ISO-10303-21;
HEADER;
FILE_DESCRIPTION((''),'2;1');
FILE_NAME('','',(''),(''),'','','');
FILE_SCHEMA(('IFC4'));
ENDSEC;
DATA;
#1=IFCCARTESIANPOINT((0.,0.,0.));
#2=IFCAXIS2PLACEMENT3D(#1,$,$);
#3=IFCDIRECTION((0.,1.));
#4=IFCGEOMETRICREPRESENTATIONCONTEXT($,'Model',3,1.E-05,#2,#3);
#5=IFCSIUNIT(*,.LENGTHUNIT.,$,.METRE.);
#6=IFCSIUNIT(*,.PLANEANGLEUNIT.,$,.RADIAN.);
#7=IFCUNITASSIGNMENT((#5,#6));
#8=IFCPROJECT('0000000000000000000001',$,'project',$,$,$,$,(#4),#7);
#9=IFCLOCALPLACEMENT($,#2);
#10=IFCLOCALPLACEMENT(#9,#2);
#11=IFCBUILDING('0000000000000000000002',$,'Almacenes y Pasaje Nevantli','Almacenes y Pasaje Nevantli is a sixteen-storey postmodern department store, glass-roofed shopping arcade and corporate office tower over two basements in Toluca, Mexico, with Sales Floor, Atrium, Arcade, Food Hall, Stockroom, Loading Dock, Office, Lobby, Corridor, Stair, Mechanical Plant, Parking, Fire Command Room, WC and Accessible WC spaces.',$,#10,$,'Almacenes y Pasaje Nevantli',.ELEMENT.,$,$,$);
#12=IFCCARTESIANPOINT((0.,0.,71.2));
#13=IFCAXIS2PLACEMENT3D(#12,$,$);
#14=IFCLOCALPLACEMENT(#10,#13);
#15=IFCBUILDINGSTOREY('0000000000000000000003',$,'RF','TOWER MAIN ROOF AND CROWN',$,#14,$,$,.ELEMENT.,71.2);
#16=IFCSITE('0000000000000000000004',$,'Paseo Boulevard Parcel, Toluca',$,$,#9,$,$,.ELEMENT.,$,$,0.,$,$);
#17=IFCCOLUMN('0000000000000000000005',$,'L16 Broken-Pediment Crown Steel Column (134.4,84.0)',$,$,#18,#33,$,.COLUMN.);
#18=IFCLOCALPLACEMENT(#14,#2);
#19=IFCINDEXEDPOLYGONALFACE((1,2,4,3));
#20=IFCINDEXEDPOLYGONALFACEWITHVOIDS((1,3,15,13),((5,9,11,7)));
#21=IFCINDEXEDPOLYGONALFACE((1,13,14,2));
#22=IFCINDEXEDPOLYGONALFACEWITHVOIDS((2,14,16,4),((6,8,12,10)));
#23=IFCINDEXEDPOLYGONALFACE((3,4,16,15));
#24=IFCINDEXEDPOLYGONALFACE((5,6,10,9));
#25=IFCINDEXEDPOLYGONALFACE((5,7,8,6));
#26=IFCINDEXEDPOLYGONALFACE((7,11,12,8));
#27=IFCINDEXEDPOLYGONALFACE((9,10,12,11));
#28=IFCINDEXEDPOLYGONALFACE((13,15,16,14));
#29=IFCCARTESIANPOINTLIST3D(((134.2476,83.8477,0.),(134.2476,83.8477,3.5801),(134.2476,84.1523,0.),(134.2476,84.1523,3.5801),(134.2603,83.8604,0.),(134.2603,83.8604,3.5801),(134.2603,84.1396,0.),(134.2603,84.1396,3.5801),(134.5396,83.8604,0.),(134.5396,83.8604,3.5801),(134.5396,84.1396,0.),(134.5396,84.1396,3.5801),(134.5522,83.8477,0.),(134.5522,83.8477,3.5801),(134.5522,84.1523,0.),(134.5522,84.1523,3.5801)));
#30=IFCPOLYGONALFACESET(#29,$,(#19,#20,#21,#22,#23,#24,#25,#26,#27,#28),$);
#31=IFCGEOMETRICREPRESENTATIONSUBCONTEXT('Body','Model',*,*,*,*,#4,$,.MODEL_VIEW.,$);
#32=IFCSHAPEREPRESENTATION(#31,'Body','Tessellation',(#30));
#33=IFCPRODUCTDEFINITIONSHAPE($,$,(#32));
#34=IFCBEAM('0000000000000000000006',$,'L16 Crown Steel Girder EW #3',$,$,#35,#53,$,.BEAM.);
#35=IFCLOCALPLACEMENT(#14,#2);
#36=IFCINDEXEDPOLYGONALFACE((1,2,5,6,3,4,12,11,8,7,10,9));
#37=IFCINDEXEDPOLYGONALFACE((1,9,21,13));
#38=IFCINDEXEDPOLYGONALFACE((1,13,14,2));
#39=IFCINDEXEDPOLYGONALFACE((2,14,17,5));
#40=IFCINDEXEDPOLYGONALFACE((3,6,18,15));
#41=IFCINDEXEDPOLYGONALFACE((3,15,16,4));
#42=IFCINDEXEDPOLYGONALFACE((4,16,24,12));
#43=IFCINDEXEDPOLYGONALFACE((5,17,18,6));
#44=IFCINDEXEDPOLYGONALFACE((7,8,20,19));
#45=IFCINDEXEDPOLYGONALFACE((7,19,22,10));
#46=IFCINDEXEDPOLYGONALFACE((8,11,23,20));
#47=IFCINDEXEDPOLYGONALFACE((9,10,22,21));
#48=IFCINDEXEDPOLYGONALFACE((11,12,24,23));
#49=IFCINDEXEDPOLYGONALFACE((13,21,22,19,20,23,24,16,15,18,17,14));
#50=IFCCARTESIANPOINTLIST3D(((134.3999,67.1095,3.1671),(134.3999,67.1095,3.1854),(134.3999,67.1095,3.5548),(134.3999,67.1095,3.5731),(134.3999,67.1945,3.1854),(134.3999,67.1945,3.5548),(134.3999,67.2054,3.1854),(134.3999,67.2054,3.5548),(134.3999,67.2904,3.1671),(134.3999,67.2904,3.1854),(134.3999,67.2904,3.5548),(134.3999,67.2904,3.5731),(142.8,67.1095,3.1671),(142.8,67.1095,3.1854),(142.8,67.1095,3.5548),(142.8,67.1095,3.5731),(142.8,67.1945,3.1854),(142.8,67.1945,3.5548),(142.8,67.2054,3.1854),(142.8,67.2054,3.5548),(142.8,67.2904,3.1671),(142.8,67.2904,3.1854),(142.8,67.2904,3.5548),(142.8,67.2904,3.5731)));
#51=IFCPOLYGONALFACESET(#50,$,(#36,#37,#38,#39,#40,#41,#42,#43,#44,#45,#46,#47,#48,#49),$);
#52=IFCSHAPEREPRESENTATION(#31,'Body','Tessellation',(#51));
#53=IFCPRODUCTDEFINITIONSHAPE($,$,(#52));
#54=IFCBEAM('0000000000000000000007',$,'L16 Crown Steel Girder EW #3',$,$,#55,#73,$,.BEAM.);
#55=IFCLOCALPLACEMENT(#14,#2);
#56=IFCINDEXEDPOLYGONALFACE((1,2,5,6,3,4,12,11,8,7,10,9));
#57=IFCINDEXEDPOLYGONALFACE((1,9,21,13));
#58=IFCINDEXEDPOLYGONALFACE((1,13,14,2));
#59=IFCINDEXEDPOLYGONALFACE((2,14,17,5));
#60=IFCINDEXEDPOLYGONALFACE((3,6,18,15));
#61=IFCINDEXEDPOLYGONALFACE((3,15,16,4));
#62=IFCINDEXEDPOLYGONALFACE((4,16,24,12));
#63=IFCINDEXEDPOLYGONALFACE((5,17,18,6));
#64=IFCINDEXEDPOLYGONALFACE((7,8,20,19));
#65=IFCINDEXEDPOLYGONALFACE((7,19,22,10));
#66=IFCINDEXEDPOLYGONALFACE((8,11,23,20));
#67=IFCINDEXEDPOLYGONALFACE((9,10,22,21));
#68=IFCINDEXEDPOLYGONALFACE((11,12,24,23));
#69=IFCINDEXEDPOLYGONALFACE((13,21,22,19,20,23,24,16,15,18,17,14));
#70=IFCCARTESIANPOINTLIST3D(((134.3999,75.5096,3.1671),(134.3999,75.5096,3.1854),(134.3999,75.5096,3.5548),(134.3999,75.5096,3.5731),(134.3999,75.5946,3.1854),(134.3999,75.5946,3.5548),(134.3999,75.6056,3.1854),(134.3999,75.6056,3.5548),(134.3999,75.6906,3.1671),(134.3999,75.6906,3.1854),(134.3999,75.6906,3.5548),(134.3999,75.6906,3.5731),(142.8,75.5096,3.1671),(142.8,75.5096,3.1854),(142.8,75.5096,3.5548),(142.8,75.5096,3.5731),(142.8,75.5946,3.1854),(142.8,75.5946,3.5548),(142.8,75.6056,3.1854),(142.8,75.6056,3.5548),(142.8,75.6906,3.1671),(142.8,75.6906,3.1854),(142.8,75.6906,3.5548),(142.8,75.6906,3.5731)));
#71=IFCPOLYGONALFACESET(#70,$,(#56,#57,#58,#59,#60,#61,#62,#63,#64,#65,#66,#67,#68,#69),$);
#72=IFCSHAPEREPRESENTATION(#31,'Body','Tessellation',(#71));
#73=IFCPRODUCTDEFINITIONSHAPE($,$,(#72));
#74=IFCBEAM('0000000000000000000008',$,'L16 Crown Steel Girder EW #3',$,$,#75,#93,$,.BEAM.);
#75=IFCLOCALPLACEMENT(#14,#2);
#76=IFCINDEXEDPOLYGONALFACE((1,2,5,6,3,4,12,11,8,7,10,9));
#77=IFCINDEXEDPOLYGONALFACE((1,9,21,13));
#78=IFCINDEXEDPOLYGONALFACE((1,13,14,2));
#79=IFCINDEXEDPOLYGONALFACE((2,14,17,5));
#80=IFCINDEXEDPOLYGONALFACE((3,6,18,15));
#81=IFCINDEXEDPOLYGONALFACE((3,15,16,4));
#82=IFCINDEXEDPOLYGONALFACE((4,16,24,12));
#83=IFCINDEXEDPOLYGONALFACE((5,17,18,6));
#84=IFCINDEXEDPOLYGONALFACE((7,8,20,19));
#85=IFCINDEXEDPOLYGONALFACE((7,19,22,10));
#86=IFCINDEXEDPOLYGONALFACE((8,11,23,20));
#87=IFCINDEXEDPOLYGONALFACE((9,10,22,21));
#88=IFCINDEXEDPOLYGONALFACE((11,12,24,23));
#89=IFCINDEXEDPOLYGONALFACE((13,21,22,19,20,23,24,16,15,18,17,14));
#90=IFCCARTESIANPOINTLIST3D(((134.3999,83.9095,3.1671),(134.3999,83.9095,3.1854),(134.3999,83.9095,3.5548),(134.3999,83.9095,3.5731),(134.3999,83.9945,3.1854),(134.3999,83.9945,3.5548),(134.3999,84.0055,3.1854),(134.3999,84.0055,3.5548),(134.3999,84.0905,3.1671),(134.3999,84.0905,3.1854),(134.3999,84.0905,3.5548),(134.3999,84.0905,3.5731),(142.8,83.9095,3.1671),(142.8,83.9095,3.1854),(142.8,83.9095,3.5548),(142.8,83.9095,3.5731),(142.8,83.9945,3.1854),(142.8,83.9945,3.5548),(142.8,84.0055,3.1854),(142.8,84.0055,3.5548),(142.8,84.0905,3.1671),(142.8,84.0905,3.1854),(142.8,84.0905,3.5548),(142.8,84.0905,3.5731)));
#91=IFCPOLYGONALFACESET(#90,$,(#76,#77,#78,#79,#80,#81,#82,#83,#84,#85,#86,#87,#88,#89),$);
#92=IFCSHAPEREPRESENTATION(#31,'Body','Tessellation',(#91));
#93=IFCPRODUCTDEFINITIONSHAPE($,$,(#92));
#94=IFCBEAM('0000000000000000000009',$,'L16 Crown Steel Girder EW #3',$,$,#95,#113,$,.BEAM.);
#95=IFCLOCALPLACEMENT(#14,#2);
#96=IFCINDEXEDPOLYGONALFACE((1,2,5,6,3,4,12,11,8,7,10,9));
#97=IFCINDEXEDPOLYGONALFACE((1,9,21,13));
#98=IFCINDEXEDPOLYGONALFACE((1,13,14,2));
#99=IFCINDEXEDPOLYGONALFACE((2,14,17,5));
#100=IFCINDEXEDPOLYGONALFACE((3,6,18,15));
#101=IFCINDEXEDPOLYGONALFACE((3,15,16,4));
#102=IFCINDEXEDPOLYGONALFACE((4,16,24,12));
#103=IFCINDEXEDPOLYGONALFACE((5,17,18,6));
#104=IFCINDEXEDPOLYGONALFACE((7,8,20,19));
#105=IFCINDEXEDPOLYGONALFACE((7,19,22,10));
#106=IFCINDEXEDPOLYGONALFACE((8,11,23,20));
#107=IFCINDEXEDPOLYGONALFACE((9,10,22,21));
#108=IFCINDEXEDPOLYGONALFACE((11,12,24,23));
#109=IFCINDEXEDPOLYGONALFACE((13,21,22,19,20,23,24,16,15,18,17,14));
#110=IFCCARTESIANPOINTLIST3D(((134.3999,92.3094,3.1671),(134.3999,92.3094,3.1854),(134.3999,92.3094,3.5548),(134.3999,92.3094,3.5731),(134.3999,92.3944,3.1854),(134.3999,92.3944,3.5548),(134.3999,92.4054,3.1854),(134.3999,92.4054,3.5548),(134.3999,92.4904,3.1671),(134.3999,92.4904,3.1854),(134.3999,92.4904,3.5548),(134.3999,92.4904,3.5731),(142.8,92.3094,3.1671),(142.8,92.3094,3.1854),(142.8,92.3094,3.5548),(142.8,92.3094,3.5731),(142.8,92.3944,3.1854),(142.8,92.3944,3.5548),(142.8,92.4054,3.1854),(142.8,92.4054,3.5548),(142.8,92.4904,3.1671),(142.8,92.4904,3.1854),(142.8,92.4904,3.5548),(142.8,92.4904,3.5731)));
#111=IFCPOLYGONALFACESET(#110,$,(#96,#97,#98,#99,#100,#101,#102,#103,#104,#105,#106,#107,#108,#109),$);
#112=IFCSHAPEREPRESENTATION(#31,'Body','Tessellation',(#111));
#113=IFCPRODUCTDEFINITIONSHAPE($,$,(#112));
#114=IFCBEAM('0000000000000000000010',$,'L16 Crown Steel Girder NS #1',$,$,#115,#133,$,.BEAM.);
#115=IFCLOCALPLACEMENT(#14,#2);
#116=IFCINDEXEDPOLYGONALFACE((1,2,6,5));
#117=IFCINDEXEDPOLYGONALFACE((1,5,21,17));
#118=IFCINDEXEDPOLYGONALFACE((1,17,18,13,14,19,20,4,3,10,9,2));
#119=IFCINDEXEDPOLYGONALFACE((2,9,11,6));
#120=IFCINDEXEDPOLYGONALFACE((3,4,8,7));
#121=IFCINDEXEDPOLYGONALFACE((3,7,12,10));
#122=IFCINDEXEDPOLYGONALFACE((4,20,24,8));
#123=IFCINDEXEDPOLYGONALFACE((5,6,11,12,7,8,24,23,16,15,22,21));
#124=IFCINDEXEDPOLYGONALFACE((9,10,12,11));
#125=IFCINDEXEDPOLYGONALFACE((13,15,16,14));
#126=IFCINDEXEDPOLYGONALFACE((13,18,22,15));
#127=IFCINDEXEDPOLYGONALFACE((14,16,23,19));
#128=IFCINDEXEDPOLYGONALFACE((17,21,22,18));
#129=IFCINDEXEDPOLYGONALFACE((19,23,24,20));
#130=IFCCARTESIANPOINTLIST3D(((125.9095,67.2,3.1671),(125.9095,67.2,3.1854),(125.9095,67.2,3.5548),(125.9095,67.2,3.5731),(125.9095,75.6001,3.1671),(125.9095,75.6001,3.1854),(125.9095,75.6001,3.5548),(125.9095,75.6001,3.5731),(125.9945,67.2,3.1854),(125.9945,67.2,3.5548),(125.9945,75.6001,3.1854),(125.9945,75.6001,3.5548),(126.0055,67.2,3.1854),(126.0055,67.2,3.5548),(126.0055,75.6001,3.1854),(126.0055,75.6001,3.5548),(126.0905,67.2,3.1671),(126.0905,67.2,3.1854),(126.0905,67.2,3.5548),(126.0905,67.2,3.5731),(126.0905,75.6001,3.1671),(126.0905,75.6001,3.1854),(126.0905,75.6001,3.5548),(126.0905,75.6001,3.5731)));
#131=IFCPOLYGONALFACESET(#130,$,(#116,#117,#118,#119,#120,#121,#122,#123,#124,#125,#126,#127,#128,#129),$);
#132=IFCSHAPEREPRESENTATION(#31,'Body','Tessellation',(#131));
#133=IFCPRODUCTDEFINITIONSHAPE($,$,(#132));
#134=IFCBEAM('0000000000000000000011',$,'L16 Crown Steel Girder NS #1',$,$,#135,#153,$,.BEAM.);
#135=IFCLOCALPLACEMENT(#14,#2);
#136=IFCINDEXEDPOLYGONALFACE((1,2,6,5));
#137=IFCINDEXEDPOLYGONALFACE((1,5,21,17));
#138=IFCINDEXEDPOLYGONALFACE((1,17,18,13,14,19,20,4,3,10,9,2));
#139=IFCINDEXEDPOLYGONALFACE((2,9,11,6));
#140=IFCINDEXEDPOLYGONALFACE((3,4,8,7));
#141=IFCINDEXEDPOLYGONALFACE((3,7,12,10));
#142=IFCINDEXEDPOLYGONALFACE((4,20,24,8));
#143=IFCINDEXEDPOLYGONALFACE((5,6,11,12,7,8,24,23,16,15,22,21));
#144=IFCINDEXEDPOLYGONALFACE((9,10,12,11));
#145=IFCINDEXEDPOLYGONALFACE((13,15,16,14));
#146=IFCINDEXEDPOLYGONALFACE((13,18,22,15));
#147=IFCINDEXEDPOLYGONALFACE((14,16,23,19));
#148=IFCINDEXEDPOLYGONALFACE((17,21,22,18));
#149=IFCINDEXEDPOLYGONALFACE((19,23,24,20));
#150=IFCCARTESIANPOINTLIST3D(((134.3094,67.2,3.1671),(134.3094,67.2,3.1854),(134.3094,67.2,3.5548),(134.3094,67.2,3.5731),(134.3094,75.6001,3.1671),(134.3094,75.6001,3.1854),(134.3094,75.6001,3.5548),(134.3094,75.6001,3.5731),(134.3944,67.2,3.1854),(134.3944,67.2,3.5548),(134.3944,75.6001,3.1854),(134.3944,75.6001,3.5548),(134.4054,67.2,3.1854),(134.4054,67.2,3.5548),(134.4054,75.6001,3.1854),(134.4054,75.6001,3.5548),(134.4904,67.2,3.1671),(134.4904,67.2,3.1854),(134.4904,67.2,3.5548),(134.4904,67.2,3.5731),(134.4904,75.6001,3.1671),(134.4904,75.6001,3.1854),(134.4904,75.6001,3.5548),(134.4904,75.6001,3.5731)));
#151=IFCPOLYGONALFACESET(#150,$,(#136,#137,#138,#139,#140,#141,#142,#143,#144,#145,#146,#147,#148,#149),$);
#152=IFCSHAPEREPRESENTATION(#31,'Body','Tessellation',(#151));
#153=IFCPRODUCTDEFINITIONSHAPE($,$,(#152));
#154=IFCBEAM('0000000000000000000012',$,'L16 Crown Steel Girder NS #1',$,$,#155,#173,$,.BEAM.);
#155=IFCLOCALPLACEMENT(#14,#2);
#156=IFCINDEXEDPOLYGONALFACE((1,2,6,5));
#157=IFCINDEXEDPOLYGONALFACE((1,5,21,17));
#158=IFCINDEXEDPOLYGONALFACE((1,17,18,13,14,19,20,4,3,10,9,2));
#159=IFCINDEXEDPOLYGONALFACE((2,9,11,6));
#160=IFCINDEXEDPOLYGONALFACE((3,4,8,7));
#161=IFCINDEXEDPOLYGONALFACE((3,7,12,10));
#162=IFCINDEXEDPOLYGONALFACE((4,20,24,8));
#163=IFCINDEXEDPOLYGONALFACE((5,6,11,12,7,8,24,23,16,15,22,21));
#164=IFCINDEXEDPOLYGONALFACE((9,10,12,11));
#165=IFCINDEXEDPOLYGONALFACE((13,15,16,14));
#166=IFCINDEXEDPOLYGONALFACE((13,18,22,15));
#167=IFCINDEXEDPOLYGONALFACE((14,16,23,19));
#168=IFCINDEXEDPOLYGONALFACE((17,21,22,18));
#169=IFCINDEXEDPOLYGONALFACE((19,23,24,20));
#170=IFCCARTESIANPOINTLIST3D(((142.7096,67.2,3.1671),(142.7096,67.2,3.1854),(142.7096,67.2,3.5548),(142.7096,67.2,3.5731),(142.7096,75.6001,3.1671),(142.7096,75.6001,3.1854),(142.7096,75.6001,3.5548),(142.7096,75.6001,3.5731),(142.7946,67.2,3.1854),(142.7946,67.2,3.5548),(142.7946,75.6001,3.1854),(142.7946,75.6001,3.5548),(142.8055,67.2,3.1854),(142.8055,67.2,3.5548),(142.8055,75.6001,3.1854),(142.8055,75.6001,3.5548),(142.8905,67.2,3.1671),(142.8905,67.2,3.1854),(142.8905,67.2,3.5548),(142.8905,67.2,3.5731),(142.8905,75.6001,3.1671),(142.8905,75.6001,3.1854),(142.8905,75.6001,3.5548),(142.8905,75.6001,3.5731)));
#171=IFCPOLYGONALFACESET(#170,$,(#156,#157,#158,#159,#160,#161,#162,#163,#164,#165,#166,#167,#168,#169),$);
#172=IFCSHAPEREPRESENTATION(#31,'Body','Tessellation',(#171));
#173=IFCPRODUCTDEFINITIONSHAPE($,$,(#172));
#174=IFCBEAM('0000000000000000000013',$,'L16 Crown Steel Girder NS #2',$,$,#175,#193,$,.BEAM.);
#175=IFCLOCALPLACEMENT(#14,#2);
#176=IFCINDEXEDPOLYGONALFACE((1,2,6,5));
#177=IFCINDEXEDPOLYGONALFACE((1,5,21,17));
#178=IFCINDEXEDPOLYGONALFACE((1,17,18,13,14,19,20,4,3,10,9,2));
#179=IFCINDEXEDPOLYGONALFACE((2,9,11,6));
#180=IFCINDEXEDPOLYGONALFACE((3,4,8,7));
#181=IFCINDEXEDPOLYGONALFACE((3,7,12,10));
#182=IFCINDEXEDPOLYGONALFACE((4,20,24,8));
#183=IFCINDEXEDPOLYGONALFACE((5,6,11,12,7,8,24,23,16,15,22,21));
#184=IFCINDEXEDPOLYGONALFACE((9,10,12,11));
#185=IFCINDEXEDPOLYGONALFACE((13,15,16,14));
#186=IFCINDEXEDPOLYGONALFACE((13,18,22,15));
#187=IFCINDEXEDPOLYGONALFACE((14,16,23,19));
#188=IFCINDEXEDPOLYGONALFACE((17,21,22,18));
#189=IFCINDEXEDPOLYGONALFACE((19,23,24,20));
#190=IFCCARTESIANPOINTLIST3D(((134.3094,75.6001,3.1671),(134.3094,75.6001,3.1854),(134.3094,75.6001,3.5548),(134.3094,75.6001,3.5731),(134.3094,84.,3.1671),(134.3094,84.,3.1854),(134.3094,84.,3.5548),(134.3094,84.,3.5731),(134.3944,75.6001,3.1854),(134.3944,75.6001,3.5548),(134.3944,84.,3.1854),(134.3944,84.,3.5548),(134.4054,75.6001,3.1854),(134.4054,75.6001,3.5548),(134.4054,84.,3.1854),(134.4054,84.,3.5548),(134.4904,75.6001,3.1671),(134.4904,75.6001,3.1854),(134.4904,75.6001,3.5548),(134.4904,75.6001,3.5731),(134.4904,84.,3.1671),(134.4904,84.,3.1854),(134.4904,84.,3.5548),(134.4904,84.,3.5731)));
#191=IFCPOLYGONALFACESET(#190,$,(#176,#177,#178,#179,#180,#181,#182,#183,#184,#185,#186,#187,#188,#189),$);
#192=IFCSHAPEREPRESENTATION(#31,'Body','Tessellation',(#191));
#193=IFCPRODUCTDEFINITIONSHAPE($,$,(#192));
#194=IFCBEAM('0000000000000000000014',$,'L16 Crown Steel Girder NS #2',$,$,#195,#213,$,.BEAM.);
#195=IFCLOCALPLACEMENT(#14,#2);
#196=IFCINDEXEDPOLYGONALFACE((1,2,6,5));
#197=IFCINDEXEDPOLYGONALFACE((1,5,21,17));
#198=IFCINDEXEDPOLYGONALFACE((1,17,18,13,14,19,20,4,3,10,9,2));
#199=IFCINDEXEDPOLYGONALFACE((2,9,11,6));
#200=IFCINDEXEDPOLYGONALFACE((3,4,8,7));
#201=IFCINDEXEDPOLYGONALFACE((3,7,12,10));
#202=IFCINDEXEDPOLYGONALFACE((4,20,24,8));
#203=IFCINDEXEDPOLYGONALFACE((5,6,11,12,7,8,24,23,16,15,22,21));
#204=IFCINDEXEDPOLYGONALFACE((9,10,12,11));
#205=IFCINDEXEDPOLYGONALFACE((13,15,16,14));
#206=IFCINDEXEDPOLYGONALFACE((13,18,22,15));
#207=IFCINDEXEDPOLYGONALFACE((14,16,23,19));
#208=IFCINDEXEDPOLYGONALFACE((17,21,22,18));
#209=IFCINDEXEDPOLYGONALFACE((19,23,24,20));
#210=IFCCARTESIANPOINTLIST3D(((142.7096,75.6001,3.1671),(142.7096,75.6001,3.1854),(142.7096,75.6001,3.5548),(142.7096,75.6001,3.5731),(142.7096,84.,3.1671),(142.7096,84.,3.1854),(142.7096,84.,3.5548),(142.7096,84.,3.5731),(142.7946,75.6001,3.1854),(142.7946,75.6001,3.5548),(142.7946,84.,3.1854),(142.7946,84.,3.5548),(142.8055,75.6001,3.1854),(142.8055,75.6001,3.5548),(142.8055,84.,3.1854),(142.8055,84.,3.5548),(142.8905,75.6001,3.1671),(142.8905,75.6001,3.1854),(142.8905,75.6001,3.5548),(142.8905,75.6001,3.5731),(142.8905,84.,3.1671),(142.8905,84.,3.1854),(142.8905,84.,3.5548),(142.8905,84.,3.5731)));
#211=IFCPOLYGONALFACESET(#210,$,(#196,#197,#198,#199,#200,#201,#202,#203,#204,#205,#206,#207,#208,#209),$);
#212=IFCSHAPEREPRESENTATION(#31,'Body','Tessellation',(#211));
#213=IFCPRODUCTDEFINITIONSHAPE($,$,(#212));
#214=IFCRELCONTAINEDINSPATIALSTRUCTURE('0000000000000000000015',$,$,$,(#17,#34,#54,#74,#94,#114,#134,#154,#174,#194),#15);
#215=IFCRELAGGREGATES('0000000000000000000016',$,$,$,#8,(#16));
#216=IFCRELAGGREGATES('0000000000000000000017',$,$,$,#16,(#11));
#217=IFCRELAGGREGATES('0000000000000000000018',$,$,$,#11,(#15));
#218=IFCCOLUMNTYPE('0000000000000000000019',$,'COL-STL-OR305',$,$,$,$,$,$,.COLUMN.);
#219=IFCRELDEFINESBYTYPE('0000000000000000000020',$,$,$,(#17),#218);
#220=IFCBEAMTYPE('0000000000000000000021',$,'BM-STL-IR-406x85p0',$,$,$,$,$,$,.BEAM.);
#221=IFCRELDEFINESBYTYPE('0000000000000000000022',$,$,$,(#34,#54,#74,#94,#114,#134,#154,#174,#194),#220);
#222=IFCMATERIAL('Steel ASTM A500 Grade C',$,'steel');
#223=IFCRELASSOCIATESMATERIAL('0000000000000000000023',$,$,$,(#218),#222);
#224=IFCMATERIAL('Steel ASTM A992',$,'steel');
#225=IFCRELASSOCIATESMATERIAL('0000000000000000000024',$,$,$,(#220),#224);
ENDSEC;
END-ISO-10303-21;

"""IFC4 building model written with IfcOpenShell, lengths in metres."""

from ifc_helpers import new_model, si_unit, direction, frame, origin, origin_2d, place, context, subcontext, project, spatial, hollow_rectangle, i_section, extrude, material, material_profile, profile_set, type_object, element, save


model = new_model("IFC4")

# Units and contexts
model_context = context("Model", 3, precision=1e-05, world=origin(), true_north=direction((0.0, 1.0)))
body_context = subcontext(model_context, "Body", "Model", "MODEL_VIEW")
ifc_project = project(units=[si_unit("LENGTHUNIT", "METRE"), si_unit("PLANEANGLEUNIT", "RADIAN")], contexts=[model_context])

# Site, building, storey
site_placement = place(None, origin())
site = spatial("IfcSite", under=ifc_project, at=site_placement, Name="Paseo Boulevard Parcel, Toluca", CompositionType="ELEMENT", RefElevation=0.0)
building_placement = place(site_placement, origin())
building = spatial("IfcBuilding", under=site, at=building_placement, Name="Almacenes y Pasaje Nevantli", Description="Almacenes y Pasaje Nevantli is a sixteen-storey postmodern department store, glass-roofed shopping arcade and corporate office tower over two basements in Toluca, Mexico, with Sales Floor, Atrium, Arcade, Food Hall, Stockroom, Loading Dock, Office, Lobby, Corridor, Stair, Mechanical Plant, Parking, Fire Command Room, WC and Accessible WC spaces.", LongName="Almacenes y Pasaje Nevantli", CompositionType="ELEMENT")
storey_placement = place(building_placement, frame((0.0, 0.0, 71.2)))
storey = spatial("IfcBuildingStorey", under=building, at=storey_placement, Name="RF", Description="TOWER MAIN ROOF AND CROWN", CompositionType="ELEMENT", Elevation=71.2)

# Column
ifc_material_1 = material(Name="Steel ASTM A500 Grade C", Category="steel")
ifc_material_profile_1 = material_profile(ifc_material_1, hollow_rectangle(XDim=0.3047, YDim=0.3047, WallThickness=0.0127, at=origin_2d()), Name="OR 305x305x12.7")
ifc_profile_set_1 = profile_set([ifc_material_profile_1], Name="Steel ASTM A500 Grade C")
column_type_1 = type_object("IfcColumnType", Name="COL-STL-OR305", PredefinedType="COLUMN", material=ifc_profile_set_1)
for number, where, z_axis, x_axis, name in (
    (1, (134.3999, 84.0, 0.0), (0.0, 0.0, 1.0), (1.0, 0.0, 0.0), "L16 Broken-Pediment Crown Steel Column (134.4,84.0)"),
):
    element("IfcColumn", number, at=place(storey_placement, frame(where, z_axis=z_axis, x_axis=x_axis)), inside=storey, type_object=column_type_1, Name=name, PredefinedType="COLUMN", context=body_context, shape_type="SweptSolid", body=[
        extrude(hollow_rectangle(XDim=0.3047, YDim=0.3047, WallThickness=0.0127, at=origin_2d()), origin(), (0.0, 0.0, 1.0), 3.5801),
    ])

# Beams
ifc_material_2 = material(Name="Steel ASTM A992", Category="steel")
ifc_material_profile_2 = material_profile(ifc_material_2, i_section(OverallWidth=0.1809, OverallDepth=0.406, WebThickness=0.011, FlangeThickness=0.0183, at=origin_2d()), Name="IR 406x85.0")
ifc_profile_set_2 = profile_set([ifc_material_profile_2], Name="Steel ASTM A992")
beam_type = type_object("IfcBeamType", Name="BM-STL-IR-406x85p0", PredefinedType="BEAM", material=ifc_profile_set_2)
for number, where, z_axis, x_axis, name in (
    (2, (134.3999, 67.2, 3.3701), (1.0, 0.0, 0.0), (0.0, 1.0, 0.0), "L16 Crown Steel Girder EW #3"),
    (3, (134.3999, 75.6001, 3.3701), (1.0, 0.0, 0.0), (0.0, 1.0, 0.0), "L16 Crown Steel Girder EW #3"),
    (4, (134.3999, 84.0, 3.3701), (1.0, 0.0, 0.0), (0.0, 1.0, 0.0), "L16 Crown Steel Girder EW #3"),
    (5, (134.3999, 92.3999, 3.3701), (1.0, 0.0, 0.0), (0.0, 1.0, 0.0), "L16 Crown Steel Girder EW #3"),
    (6, (126.0, 67.2, 3.3701), (0.0, 1.0, 0.0), (-1.0, 0.0, 0.0), "L16 Crown Steel Girder NS #1"),
    (7, (134.3999, 67.2, 3.3701), (0.0, 1.0, 0.0), (-1.0, 0.0, 0.0), "L16 Crown Steel Girder NS #1"),
    (8, (142.8, 67.2, 3.3701), (0.0, 1.0, 0.0), (-1.0, 0.0, 0.0), "L16 Crown Steel Girder NS #1"),
):
    element("IfcBeam", number, at=place(storey_placement, frame(where, z_axis=z_axis, x_axis=x_axis)), inside=storey, type_object=beam_type, Name=name, PredefinedType="BEAM", context=body_context, shape_type="SweptSolid", body=[
        extrude(i_section(OverallWidth=0.1809, OverallDepth=0.406, WebThickness=0.011, FlangeThickness=0.0183, at=origin_2d()), origin(), (0.0, 0.0, 1.0), 8.4001),
    ])
for number, where, z_axis, x_axis, name in (
    (9, (134.3999, 75.6001, 3.3701), (0.0, 1.0, 0.0), (-1.0, 0.0, 0.0), "L16 Crown Steel Girder NS #2"),
    (10, (142.8, 75.6001, 3.3701), (0.0, 1.0, 0.0), (-1.0, 0.0, 0.0), "L16 Crown Steel Girder NS #2"),
):
    element("IfcBeam", number, at=place(storey_placement, frame(where, z_axis=z_axis, x_axis=x_axis)), inside=storey, type_object=beam_type, Name=name, PredefinedType="BEAM", context=body_context, shape_type="SweptSolid", body=[
        extrude(i_section(OverallWidth=0.1809, OverallDepth=0.406, WebThickness=0.011, FlangeThickness=0.0183, at=origin_2d()), origin(), (0.0, 0.0, 1.0), 8.3999),
    ])

save(model, "model.ifc")
